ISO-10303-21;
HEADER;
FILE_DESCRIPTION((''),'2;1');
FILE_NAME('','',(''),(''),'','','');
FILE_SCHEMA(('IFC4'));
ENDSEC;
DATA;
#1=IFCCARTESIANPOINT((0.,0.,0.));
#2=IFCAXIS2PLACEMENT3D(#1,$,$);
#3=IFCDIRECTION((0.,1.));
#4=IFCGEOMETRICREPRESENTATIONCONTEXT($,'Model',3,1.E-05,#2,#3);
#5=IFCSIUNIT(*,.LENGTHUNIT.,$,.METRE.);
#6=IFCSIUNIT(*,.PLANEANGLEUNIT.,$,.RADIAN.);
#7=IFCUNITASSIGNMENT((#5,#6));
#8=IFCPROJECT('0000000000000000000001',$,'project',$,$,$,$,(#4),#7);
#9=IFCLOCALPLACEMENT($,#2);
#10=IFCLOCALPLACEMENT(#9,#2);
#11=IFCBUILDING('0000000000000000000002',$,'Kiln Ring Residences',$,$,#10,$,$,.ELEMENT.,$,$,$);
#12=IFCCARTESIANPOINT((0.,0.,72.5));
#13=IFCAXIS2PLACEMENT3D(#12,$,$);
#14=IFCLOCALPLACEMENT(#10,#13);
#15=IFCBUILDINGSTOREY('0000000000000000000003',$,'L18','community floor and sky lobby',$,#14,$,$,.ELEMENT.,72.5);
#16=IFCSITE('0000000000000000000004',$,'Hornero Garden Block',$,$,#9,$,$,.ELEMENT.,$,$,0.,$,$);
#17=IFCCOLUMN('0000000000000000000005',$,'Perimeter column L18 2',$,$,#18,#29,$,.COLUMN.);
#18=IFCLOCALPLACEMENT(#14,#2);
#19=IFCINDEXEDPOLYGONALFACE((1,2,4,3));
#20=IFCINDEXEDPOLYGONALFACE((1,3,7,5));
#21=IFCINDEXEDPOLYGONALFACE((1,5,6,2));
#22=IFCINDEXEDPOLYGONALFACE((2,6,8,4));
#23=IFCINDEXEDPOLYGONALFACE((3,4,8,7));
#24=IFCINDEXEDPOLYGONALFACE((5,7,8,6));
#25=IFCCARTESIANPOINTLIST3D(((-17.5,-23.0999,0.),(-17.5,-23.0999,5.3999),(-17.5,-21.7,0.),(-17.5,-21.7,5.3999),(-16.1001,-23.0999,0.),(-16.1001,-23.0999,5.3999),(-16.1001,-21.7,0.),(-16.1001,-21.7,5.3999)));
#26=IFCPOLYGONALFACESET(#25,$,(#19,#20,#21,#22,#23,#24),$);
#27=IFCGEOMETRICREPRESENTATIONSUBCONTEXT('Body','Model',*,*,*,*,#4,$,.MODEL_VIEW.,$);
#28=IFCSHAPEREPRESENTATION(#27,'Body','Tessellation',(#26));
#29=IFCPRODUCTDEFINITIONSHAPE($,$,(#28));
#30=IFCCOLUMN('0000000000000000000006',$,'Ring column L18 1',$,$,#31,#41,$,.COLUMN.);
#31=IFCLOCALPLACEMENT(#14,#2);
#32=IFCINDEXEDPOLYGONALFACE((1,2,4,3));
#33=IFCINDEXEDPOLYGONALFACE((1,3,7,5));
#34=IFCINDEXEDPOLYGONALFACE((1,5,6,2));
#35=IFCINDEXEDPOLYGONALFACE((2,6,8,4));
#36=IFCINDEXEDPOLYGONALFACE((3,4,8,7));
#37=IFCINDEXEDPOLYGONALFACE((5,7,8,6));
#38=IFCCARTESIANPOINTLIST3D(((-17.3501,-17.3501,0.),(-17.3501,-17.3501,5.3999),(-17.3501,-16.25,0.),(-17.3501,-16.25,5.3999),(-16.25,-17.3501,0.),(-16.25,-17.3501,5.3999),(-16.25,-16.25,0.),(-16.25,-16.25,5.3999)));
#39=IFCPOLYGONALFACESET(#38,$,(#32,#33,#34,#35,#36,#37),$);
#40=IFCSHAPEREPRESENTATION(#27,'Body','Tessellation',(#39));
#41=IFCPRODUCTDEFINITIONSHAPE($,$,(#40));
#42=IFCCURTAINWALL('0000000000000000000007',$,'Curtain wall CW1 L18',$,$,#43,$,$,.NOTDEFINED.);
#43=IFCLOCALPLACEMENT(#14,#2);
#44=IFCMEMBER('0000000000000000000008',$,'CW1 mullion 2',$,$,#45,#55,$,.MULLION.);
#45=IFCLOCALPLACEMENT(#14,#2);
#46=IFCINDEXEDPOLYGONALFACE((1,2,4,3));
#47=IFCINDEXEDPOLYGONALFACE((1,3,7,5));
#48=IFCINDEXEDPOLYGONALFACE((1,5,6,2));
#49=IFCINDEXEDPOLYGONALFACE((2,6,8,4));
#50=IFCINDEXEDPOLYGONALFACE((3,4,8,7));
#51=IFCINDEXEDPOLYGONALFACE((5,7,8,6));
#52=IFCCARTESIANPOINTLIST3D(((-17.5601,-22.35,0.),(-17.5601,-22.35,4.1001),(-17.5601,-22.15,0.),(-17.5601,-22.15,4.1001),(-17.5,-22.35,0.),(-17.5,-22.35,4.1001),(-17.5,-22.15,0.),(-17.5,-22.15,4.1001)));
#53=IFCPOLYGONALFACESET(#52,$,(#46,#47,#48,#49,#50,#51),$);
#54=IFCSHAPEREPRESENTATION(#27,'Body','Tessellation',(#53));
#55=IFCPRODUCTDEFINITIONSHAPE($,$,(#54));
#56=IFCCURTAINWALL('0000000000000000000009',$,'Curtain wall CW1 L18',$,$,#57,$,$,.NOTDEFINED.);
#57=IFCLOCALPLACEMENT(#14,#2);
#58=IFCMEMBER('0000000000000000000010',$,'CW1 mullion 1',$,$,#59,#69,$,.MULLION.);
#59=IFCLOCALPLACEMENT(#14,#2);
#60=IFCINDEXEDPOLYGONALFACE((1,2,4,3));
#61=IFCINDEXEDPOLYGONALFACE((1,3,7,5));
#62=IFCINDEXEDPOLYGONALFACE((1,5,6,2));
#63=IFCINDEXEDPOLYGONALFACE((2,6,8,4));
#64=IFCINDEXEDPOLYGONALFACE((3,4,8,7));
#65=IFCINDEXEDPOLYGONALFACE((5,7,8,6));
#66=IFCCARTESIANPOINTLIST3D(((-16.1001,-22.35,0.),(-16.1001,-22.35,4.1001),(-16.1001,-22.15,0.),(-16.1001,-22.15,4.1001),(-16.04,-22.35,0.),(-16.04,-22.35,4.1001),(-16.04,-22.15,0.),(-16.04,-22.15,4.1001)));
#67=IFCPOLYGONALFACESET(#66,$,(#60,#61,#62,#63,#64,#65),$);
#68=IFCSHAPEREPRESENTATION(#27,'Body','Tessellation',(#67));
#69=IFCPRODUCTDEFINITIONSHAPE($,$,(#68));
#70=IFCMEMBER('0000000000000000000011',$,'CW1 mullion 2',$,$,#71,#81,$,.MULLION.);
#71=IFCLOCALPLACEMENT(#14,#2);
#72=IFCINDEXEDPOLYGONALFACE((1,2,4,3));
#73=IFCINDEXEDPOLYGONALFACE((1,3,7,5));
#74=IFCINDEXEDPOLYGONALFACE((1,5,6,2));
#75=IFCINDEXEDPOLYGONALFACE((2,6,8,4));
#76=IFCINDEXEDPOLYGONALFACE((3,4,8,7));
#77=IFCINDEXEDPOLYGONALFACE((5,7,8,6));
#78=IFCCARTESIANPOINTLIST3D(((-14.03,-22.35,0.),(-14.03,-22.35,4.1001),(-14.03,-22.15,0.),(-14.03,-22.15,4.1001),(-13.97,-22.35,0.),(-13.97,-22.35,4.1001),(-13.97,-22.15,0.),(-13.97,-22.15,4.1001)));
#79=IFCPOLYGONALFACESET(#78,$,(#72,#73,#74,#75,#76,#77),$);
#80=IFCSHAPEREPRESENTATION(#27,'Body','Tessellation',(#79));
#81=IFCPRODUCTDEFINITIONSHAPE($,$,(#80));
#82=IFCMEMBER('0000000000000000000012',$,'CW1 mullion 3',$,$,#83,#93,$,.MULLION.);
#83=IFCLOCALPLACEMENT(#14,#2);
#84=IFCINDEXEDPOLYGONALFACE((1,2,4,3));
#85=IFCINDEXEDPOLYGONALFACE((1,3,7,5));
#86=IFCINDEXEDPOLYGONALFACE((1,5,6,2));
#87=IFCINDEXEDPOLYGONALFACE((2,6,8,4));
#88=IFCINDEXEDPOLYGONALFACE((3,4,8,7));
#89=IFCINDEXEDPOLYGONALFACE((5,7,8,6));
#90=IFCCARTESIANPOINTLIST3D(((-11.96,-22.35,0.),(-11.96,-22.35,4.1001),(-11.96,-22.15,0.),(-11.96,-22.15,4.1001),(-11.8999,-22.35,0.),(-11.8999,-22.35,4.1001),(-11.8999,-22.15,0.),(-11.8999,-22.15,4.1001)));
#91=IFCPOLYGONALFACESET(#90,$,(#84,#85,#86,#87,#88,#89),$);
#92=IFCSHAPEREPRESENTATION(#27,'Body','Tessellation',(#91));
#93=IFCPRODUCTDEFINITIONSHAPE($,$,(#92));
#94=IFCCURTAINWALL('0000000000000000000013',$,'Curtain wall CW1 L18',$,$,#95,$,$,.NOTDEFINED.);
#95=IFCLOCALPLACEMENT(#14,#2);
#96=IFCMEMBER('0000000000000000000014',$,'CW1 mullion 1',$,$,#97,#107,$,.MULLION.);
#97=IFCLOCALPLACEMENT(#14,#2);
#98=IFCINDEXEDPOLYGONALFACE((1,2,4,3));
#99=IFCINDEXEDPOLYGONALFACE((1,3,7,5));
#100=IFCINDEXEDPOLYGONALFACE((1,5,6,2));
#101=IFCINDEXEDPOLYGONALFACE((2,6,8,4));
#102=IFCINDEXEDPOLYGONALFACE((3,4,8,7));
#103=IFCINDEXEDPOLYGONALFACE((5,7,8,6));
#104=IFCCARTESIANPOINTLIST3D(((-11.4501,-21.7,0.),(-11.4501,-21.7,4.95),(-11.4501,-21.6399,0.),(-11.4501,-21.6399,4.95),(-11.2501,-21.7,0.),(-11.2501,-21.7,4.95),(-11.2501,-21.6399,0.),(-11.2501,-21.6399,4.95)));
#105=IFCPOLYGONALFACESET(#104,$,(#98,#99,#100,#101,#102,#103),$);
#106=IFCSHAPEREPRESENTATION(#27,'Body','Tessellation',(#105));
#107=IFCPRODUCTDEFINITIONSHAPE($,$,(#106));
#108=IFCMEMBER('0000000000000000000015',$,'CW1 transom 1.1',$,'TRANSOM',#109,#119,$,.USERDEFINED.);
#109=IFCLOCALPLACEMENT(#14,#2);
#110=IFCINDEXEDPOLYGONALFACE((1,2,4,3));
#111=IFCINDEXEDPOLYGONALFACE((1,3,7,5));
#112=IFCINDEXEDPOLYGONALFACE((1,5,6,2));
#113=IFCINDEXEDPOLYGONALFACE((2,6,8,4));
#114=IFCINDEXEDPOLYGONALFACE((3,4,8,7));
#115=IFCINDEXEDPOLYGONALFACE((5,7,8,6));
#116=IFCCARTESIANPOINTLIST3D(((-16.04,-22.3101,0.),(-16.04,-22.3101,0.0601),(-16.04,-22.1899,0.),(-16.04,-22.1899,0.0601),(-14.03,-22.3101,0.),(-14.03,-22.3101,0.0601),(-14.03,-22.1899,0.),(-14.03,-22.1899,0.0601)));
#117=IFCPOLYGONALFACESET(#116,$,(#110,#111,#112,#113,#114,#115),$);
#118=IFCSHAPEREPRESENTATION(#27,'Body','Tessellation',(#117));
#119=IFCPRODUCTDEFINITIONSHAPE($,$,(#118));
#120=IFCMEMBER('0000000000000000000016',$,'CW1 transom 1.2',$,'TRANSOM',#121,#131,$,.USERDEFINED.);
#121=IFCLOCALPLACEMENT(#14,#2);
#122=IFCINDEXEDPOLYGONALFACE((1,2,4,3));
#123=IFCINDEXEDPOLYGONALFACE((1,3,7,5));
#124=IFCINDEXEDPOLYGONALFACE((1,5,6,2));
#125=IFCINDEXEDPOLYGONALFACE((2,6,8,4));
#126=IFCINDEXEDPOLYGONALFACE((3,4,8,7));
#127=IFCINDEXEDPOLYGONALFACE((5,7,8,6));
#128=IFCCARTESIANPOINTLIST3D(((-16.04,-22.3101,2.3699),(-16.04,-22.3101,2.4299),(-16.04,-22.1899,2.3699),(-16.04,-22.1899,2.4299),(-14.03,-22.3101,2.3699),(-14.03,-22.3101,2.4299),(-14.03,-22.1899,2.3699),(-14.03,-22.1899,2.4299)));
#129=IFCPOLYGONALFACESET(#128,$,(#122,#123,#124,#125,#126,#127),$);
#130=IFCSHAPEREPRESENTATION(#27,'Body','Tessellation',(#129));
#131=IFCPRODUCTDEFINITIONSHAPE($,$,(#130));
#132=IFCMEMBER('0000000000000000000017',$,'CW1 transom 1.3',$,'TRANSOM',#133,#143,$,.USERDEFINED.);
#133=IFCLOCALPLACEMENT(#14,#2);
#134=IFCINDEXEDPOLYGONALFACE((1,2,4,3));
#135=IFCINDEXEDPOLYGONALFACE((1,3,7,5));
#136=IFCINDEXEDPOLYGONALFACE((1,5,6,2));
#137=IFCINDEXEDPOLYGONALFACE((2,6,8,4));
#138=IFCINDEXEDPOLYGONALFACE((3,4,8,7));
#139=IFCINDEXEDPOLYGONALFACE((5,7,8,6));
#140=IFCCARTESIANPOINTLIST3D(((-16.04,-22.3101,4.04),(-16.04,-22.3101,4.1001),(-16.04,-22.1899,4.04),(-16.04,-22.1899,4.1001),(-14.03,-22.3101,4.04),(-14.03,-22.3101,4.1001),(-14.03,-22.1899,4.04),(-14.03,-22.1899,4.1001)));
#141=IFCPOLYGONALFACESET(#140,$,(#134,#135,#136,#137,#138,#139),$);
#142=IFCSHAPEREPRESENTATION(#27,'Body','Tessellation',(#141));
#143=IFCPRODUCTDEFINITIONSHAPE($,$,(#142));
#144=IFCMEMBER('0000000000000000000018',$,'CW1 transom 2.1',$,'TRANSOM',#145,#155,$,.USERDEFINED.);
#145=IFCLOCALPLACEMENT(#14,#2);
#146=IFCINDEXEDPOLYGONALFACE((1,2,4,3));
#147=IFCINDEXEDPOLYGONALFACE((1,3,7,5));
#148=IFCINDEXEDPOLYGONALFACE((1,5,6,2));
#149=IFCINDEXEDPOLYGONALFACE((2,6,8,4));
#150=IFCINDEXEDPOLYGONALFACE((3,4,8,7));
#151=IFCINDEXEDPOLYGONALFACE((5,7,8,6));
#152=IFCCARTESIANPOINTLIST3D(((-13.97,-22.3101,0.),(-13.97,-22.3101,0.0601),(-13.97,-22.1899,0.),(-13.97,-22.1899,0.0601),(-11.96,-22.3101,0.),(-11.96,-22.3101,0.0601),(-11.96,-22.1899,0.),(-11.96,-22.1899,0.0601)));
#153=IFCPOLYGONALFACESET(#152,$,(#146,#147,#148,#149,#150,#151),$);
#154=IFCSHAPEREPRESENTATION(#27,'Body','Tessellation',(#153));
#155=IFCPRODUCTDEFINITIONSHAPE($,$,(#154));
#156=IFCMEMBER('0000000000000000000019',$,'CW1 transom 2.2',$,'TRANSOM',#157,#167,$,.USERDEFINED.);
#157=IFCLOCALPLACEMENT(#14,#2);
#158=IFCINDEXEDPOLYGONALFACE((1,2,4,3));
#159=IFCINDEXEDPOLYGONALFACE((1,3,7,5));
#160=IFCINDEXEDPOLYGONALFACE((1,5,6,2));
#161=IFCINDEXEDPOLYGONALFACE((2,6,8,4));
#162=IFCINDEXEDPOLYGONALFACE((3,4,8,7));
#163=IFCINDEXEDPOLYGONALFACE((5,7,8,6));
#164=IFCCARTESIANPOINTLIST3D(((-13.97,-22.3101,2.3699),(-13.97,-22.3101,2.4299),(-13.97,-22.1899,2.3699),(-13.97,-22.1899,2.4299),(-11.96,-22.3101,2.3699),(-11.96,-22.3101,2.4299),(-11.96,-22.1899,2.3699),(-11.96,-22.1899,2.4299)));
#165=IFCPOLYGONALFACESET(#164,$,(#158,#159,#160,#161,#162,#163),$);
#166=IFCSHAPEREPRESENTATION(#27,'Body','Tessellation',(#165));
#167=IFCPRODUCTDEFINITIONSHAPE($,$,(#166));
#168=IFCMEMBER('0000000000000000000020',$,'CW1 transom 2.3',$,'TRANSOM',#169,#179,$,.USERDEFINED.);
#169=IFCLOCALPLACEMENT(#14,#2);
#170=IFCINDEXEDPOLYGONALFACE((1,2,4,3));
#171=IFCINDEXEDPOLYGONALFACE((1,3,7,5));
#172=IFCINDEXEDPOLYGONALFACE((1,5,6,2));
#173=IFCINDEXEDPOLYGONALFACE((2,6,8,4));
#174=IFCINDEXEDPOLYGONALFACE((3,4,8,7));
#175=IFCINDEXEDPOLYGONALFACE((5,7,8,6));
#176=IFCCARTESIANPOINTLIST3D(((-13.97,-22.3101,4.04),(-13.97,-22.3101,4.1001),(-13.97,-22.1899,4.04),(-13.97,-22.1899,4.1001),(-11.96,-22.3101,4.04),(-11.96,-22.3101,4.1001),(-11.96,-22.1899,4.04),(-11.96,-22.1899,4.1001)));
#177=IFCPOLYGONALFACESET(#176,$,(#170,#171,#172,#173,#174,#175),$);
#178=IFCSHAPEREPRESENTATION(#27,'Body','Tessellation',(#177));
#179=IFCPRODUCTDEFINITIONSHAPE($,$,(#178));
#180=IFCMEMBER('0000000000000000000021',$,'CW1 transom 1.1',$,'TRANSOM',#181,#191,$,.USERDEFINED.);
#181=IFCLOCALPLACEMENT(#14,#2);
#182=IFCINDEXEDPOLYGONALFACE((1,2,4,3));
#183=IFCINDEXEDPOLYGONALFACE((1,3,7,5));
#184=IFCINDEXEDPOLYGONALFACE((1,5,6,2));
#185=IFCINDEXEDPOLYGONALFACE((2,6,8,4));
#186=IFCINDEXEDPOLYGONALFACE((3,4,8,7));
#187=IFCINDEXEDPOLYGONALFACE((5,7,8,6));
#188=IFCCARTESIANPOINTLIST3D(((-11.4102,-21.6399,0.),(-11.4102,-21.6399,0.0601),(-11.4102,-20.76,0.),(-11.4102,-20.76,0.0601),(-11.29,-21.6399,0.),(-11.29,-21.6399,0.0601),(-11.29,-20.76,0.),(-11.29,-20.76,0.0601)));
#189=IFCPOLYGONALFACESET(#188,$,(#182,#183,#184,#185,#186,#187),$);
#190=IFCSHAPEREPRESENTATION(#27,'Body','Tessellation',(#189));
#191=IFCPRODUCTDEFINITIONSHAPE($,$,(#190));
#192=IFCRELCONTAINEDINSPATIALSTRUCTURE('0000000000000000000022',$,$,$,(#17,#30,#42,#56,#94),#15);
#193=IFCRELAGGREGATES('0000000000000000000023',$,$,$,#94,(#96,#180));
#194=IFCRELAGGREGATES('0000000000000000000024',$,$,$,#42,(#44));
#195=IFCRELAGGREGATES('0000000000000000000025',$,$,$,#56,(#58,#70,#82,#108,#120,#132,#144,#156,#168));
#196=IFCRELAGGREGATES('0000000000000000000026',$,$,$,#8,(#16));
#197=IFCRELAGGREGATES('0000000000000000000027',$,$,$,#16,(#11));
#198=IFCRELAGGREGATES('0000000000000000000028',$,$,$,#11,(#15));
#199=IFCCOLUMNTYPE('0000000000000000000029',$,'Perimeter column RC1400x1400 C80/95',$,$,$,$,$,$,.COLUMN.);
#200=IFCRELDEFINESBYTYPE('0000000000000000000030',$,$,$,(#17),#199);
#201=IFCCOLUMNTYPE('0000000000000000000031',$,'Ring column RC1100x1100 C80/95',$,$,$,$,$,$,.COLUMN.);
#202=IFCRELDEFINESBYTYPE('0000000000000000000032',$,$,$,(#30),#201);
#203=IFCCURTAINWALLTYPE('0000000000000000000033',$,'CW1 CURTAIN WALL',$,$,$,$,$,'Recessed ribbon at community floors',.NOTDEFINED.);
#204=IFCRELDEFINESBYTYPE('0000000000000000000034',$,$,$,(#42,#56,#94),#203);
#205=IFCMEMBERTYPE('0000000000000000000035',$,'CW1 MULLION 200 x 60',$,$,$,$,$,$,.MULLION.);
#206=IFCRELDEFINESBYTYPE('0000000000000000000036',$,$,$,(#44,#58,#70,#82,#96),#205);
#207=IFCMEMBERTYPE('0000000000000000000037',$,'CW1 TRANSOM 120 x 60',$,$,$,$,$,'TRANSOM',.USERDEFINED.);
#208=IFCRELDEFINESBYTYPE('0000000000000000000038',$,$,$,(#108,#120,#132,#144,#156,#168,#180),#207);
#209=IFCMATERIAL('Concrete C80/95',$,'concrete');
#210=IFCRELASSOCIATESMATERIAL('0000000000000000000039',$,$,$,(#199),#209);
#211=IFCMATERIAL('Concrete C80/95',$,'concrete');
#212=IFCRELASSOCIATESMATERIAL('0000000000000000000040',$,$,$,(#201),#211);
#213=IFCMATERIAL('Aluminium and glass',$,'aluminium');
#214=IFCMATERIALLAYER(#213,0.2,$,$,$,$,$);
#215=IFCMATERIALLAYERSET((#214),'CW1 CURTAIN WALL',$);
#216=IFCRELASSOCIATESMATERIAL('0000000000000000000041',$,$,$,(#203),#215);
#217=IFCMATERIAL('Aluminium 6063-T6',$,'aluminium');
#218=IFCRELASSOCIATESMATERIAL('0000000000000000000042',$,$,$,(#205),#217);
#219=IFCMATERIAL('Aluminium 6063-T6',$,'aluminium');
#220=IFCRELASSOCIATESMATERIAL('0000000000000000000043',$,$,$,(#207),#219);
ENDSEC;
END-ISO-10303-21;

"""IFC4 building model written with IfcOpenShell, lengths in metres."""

from ifc_helpers import new_model, si_unit, direction, frame, origin, origin_2d, place, context, subcontext, project, spatial, rectangle, extrude, material, layer, layer_set, material_profile, profile_set, type_object, element, aggregate, save


model = new_model("IFC4")

# Units and contexts
model_context = context("Model", 3, precision=1e-05, world=origin(), true_north=direction((0.0, 1.0)))
body_context = subcontext(model_context, "Body", "Model", "MODEL_VIEW")
ifc_project = project(units=[si_unit("LENGTHUNIT", "METRE"), si_unit("PLANEANGLEUNIT", "RADIAN")], contexts=[model_context])

# Site, building, storey
site_placement = place(None, origin())
site = spatial("IfcSite", under=ifc_project, at=site_placement, Name="Hornero Garden Block", CompositionType="ELEMENT", RefElevation=0.0)
building_placement = place(site_placement, origin())
building = spatial("IfcBuilding", under=site, at=building_placement, Name="Kiln Ring Residences", CompositionType="ELEMENT")
storey_placement = place(building_placement, frame((0.0, 0.0, 72.5)))
storey = spatial("IfcBuildingStorey", under=building, at=storey_placement, Name="L18", Description="community floor and sky lobby", CompositionType="ELEMENT", Elevation=72.5)

# Columns
ifc_material_1 = material(Name="Concrete C80/95", Category="concrete")
ifc_material_profile_1 = material_profile(ifc_material_1, rectangle(XDim=1.3999, YDim=1.3999, at=origin_2d()), Name="RC1400x1400")
ifc_profile_set_1 = profile_set([ifc_material_profile_1], Name="Concrete C80/95")
column_type_1 = type_object("IfcColumnType", Name="Perimeter column RC1400x1400 C80/95", PredefinedType="COLUMN", material=ifc_profile_set_1)
column_1_placement = place(storey_placement, frame((-16.8, -22.3999, 0.0), z_axis=(0.0, 0.0, 1.0), x_axis=(1.0, 0.0, 0.0)))
element("IfcColumn", 1, at=column_1_placement, inside=storey, type_object=column_type_1, Name="Perimeter column L18 2", PredefinedType="COLUMN", context=body_context, shape_type="SweptSolid", body=[
    extrude(rectangle(XDim=1.3999, YDim=1.3999, at=origin_2d()), origin(), (0.0, 0.0, 1.0), 5.3999),
])
ifc_material_2 = material(Name="Concrete C80/95", Category="concrete")
ifc_material_profile_2 = material_profile(ifc_material_2, rectangle(XDim=1.1001, YDim=1.1001, at=origin_2d()), Name="RC1100x1100")
ifc_profile_set_2 = profile_set([ifc_material_profile_2], Name="Concrete C80/95")
column_type_2 = type_object("IfcColumnType", Name="Ring column RC1100x1100 C80/95", PredefinedType="COLUMN", material=ifc_profile_set_2)
column_2_placement = place(storey_placement, frame((-16.8, -16.8, 0.0), z_axis=(0.0, 0.0, 1.0), x_axis=(1.0, 0.0, 0.0)))
element("IfcColumn", 2, at=column_2_placement, inside=storey, type_object=column_type_2, Name="Ring column L18 1", PredefinedType="COLUMN", context=body_context, shape_type="SweptSolid", body=[
    extrude(rectangle(XDim=1.1001, YDim=1.1001, at=origin_2d()), origin(), (0.0, 0.0, 1.0), 5.3999),
])

# Curtain wall, member
ifc_material_3 = material(Name="Aluminium and glass", Category="aluminium")
ifc_layer_1 = layer(ifc_material_3, 0.2)
ifc_layer_set_1 = layer_set([ifc_layer_1], Name="CW1 CURTAIN WALL")
curtain_wall_type = type_object("IfcCurtainWallType", Name="CW1 CURTAIN WALL", ElementType="Recessed ribbon at community floors", PredefinedType="NOTDEFINED", material=ifc_layer_set_1)
placement = place(storey_placement, origin())
curtain_wall_1 = element("IfcCurtainWall", 3, at=placement, inside=storey, type_object=curtain_wall_type, Name="Curtain wall CW1 L18", PredefinedType="NOTDEFINED")
ifc_material_4 = material(Name="Aluminium 6063-T6", Category="aluminium")
ifc_material_profile_3 = material_profile(ifc_material_4, rectangle(XDim=0.2, YDim=0.0601, at=origin_2d()), Name="AL 200x60")
ifc_profile_set_3 = profile_set([ifc_material_profile_3], Name="Aluminium 6063-T6")
member_type_1 = type_object("IfcMemberType", Name="CW1 MULLION 200 x 60", PredefinedType="MULLION", material=ifc_profile_set_3)
member_1_placement = place(storey_placement, frame((-17.53, -22.25, 0.0), z_axis=(0.0, 0.0, 1.0), x_axis=(0.0, 1.0, 0.0)))
member_1 = element("IfcMember", 4, at=member_1_placement, type_object=member_type_1, Name="CW1 mullion 2", PredefinedType="MULLION", context=body_context, shape_type="SweptSolid", body=[
    extrude(rectangle(XDim=0.2, YDim=0.0601, at=origin_2d()), origin(), (0.0, 0.0, 1.0), 4.1001),
])

# Curtain wall, members
curtain_wall_2 = element("IfcCurtainWall", 5, at=placement, inside=storey, type_object=curtain_wall_type, Name="Curtain wall CW1 L18", PredefinedType="NOTDEFINED")
member_2_placement = place(storey_placement, frame((-16.0701, -22.25, 0.0), z_axis=(0.0, 0.0, 1.0), x_axis=(0.0, 1.0, 0.0)))
member_2 = element("IfcMember", 6, at=member_2_placement, type_object=member_type_1, Name="CW1 mullion 1", PredefinedType="MULLION", context=body_context, shape_type="SweptSolid", body=[
    extrude(rectangle(XDim=0.2, YDim=0.0601, at=origin_2d()), origin(), (0.0, 0.0, 1.0), 4.1001),
])
member_3_placement = place(storey_placement, frame((-14.0, -22.25, 0.0), z_axis=(0.0, 0.0, 1.0), x_axis=(0.0, 1.0, 0.0)))
member_3 = element("IfcMember", 7, at=member_3_placement, type_object=member_type_1, Name="CW1 mullion 2", PredefinedType="MULLION", context=body_context, shape_type="SweptSolid", body=[
    extrude(rectangle(XDim=0.2, YDim=0.0601, at=origin_2d()), origin(), (0.0, 0.0, 1.0), 4.1001),
])
member_4_placement = place(storey_placement, frame((-11.9299, -22.25, 0.0), z_axis=(0.0, 0.0, 1.0), x_axis=(0.0, 1.0, 0.0)))
member_4 = element("IfcMember", 8, at=member_4_placement, type_object=member_type_1, Name="CW1 mullion 3", PredefinedType="MULLION", context=body_context, shape_type="SweptSolid", body=[
    extrude(rectangle(XDim=0.2, YDim=0.0601, at=origin_2d()), origin(), (0.0, 0.0, 1.0), 4.1001),
])

# Curtain wall, member
curtain_wall_3 = element("IfcCurtainWall", 9, at=placement, inside=storey, type_object=curtain_wall_type, Name="Curtain wall CW1 L18", PredefinedType="NOTDEFINED")
member_5_placement = place(storey_placement, frame((-11.3501, -21.6699, 0.0), z_axis=(0.0, 0.0, 1.0), x_axis=(-1.0, 0.0, 0.0)))
member_5 = element("IfcMember", 10, at=member_5_placement, type_object=member_type_1, Name="CW1 mullion 1", PredefinedType="MULLION", context=body_context, shape_type="SweptSolid", body=[
    extrude(rectangle(XDim=0.2, YDim=0.0601, at=origin_2d()), origin(), (0.0, 0.0, 1.0), 4.95),
])

# Members
ifc_material_5 = material(Name="Aluminium 6063-T6", Category="aluminium")
ifc_material_profile_4 = material_profile(ifc_material_5, rectangle(XDim=0.1201, YDim=0.0601, at=origin_2d()), Name="AL 120x60")
ifc_profile_set_4 = profile_set([ifc_material_profile_4], Name="Aluminium 6063-T6")
member_type_2 = type_object("IfcMemberType", Name="CW1 TRANSOM 120 x 60", ElementType="TRANSOM", PredefinedType="USERDEFINED", material=ifc_profile_set_4)
member_6_placement = place(storey_placement, frame((-16.04, -22.25, 0.03), z_axis=(1.0, 0.0, 0.0), x_axis=(0.0, 1.0, 0.0)))
member_6 = element("IfcMember", 11, at=member_6_placement, type_object=member_type_2, Name="CW1 transom 1.1", ObjectType="TRANSOM", PredefinedType="USERDEFINED", context=body_context, shape_type="SweptSolid", body=[
    extrude(rectangle(XDim=0.1201, YDim=0.0601, at=origin_2d()), origin(), (0.0, 0.0, 1.0), 2.01),
])
member_7_placement = place(storey_placement, frame((-16.04, -22.25, 2.3999), z_axis=(1.0, 0.0, 0.0), x_axis=(0.0, 1.0, 0.0)))
member_7 = element("IfcMember", 12, at=member_7_placement, type_object=member_type_2, Name="CW1 transom 1.2", ObjectType="TRANSOM", PredefinedType="USERDEFINED", context=body_context, shape_type="SweptSolid", body=[
    extrude(rectangle(XDim=0.1201, YDim=0.0601, at=origin_2d()), origin(), (0.0, 0.0, 1.0), 2.01),
])
member_8_placement = place(storey_placement, frame((-16.04, -22.25, 4.0701), z_axis=(1.0, 0.0, 0.0), x_axis=(0.0, 1.0, 0.0)))
member_8 = element("IfcMember", 13, at=member_8_placement, type_object=member_type_2, Name="CW1 transom 1.3", ObjectType="TRANSOM", PredefinedType="USERDEFINED", context=body_context, shape_type="SweptSolid", body=[
    extrude(rectangle(XDim=0.1201, YDim=0.0601, at=origin_2d()), origin(), (0.0, 0.0, 1.0), 2.01),
])
member_9_placement = place(storey_placement, frame((-13.97, -22.25, 0.03), z_axis=(1.0, 0.0, 0.0), x_axis=(0.0, 1.0, 0.0)))
member_9 = element("IfcMember", 14, at=member_9_placement, type_object=member_type_2, Name="CW1 transom 2.1", ObjectType="TRANSOM", PredefinedType="USERDEFINED", context=body_context, shape_type="SweptSolid", body=[
    extrude(rectangle(XDim=0.1201, YDim=0.0601, at=origin_2d()), origin(), (0.0, 0.0, 1.0), 2.01),
])
member_10_placement = place(storey_placement, frame((-13.97, -22.25, 2.3999), z_axis=(1.0, 0.0, 0.0), x_axis=(0.0, 1.0, 0.0)))
member_10 = element("IfcMember", 15, at=member_10_placement, type_object=member_type_2, Name="CW1 transom 2.2", ObjectType="TRANSOM", PredefinedType="USERDEFINED", context=body_context, shape_type="SweptSolid", body=[
    extrude(rectangle(XDim=0.1201, YDim=0.0601, at=origin_2d()), origin(), (0.0, 0.0, 1.0), 2.01),
])
member_11_placement = place(storey_placement, frame((-13.97, -22.25, 4.0701), z_axis=(1.0, 0.0, 0.0), x_axis=(0.0, 1.0, 0.0)))
member_11 = element("IfcMember", 16, at=member_11_placement, type_object=member_type_2, Name="CW1 transom 2.3", ObjectType="TRANSOM", PredefinedType="USERDEFINED", context=body_context, shape_type="SweptSolid", body=[
    extrude(rectangle(XDim=0.1201, YDim=0.0601, at=origin_2d()), origin(), (0.0, 0.0, 1.0), 2.01),
])
member_12_placement = place(storey_placement, frame((-11.3501, -21.6399, 0.03), z_axis=(0.0, 1.0, 0.0), x_axis=(-1.0, 0.0, 0.0)))
member_12 = element("IfcMember", 17, at=member_12_placement, type_object=member_type_2, Name="CW1 transom 1.1", ObjectType="TRANSOM", PredefinedType="USERDEFINED", context=body_context, shape_type="SweptSolid", body=[
    extrude(rectangle(XDim=0.1201, YDim=0.0601, at=origin_2d()), origin(), (0.0, 0.0, 1.0), 0.8799),
])
aggregate(curtain_wall_3, [member_5, member_12])

aggregate(curtain_wall_1, [member_1])
aggregate(curtain_wall_2, [member_2, member_3, member_4, member_6, member_7, member_8, member_9, member_10, member_11])

save(model, "model.ifc")
